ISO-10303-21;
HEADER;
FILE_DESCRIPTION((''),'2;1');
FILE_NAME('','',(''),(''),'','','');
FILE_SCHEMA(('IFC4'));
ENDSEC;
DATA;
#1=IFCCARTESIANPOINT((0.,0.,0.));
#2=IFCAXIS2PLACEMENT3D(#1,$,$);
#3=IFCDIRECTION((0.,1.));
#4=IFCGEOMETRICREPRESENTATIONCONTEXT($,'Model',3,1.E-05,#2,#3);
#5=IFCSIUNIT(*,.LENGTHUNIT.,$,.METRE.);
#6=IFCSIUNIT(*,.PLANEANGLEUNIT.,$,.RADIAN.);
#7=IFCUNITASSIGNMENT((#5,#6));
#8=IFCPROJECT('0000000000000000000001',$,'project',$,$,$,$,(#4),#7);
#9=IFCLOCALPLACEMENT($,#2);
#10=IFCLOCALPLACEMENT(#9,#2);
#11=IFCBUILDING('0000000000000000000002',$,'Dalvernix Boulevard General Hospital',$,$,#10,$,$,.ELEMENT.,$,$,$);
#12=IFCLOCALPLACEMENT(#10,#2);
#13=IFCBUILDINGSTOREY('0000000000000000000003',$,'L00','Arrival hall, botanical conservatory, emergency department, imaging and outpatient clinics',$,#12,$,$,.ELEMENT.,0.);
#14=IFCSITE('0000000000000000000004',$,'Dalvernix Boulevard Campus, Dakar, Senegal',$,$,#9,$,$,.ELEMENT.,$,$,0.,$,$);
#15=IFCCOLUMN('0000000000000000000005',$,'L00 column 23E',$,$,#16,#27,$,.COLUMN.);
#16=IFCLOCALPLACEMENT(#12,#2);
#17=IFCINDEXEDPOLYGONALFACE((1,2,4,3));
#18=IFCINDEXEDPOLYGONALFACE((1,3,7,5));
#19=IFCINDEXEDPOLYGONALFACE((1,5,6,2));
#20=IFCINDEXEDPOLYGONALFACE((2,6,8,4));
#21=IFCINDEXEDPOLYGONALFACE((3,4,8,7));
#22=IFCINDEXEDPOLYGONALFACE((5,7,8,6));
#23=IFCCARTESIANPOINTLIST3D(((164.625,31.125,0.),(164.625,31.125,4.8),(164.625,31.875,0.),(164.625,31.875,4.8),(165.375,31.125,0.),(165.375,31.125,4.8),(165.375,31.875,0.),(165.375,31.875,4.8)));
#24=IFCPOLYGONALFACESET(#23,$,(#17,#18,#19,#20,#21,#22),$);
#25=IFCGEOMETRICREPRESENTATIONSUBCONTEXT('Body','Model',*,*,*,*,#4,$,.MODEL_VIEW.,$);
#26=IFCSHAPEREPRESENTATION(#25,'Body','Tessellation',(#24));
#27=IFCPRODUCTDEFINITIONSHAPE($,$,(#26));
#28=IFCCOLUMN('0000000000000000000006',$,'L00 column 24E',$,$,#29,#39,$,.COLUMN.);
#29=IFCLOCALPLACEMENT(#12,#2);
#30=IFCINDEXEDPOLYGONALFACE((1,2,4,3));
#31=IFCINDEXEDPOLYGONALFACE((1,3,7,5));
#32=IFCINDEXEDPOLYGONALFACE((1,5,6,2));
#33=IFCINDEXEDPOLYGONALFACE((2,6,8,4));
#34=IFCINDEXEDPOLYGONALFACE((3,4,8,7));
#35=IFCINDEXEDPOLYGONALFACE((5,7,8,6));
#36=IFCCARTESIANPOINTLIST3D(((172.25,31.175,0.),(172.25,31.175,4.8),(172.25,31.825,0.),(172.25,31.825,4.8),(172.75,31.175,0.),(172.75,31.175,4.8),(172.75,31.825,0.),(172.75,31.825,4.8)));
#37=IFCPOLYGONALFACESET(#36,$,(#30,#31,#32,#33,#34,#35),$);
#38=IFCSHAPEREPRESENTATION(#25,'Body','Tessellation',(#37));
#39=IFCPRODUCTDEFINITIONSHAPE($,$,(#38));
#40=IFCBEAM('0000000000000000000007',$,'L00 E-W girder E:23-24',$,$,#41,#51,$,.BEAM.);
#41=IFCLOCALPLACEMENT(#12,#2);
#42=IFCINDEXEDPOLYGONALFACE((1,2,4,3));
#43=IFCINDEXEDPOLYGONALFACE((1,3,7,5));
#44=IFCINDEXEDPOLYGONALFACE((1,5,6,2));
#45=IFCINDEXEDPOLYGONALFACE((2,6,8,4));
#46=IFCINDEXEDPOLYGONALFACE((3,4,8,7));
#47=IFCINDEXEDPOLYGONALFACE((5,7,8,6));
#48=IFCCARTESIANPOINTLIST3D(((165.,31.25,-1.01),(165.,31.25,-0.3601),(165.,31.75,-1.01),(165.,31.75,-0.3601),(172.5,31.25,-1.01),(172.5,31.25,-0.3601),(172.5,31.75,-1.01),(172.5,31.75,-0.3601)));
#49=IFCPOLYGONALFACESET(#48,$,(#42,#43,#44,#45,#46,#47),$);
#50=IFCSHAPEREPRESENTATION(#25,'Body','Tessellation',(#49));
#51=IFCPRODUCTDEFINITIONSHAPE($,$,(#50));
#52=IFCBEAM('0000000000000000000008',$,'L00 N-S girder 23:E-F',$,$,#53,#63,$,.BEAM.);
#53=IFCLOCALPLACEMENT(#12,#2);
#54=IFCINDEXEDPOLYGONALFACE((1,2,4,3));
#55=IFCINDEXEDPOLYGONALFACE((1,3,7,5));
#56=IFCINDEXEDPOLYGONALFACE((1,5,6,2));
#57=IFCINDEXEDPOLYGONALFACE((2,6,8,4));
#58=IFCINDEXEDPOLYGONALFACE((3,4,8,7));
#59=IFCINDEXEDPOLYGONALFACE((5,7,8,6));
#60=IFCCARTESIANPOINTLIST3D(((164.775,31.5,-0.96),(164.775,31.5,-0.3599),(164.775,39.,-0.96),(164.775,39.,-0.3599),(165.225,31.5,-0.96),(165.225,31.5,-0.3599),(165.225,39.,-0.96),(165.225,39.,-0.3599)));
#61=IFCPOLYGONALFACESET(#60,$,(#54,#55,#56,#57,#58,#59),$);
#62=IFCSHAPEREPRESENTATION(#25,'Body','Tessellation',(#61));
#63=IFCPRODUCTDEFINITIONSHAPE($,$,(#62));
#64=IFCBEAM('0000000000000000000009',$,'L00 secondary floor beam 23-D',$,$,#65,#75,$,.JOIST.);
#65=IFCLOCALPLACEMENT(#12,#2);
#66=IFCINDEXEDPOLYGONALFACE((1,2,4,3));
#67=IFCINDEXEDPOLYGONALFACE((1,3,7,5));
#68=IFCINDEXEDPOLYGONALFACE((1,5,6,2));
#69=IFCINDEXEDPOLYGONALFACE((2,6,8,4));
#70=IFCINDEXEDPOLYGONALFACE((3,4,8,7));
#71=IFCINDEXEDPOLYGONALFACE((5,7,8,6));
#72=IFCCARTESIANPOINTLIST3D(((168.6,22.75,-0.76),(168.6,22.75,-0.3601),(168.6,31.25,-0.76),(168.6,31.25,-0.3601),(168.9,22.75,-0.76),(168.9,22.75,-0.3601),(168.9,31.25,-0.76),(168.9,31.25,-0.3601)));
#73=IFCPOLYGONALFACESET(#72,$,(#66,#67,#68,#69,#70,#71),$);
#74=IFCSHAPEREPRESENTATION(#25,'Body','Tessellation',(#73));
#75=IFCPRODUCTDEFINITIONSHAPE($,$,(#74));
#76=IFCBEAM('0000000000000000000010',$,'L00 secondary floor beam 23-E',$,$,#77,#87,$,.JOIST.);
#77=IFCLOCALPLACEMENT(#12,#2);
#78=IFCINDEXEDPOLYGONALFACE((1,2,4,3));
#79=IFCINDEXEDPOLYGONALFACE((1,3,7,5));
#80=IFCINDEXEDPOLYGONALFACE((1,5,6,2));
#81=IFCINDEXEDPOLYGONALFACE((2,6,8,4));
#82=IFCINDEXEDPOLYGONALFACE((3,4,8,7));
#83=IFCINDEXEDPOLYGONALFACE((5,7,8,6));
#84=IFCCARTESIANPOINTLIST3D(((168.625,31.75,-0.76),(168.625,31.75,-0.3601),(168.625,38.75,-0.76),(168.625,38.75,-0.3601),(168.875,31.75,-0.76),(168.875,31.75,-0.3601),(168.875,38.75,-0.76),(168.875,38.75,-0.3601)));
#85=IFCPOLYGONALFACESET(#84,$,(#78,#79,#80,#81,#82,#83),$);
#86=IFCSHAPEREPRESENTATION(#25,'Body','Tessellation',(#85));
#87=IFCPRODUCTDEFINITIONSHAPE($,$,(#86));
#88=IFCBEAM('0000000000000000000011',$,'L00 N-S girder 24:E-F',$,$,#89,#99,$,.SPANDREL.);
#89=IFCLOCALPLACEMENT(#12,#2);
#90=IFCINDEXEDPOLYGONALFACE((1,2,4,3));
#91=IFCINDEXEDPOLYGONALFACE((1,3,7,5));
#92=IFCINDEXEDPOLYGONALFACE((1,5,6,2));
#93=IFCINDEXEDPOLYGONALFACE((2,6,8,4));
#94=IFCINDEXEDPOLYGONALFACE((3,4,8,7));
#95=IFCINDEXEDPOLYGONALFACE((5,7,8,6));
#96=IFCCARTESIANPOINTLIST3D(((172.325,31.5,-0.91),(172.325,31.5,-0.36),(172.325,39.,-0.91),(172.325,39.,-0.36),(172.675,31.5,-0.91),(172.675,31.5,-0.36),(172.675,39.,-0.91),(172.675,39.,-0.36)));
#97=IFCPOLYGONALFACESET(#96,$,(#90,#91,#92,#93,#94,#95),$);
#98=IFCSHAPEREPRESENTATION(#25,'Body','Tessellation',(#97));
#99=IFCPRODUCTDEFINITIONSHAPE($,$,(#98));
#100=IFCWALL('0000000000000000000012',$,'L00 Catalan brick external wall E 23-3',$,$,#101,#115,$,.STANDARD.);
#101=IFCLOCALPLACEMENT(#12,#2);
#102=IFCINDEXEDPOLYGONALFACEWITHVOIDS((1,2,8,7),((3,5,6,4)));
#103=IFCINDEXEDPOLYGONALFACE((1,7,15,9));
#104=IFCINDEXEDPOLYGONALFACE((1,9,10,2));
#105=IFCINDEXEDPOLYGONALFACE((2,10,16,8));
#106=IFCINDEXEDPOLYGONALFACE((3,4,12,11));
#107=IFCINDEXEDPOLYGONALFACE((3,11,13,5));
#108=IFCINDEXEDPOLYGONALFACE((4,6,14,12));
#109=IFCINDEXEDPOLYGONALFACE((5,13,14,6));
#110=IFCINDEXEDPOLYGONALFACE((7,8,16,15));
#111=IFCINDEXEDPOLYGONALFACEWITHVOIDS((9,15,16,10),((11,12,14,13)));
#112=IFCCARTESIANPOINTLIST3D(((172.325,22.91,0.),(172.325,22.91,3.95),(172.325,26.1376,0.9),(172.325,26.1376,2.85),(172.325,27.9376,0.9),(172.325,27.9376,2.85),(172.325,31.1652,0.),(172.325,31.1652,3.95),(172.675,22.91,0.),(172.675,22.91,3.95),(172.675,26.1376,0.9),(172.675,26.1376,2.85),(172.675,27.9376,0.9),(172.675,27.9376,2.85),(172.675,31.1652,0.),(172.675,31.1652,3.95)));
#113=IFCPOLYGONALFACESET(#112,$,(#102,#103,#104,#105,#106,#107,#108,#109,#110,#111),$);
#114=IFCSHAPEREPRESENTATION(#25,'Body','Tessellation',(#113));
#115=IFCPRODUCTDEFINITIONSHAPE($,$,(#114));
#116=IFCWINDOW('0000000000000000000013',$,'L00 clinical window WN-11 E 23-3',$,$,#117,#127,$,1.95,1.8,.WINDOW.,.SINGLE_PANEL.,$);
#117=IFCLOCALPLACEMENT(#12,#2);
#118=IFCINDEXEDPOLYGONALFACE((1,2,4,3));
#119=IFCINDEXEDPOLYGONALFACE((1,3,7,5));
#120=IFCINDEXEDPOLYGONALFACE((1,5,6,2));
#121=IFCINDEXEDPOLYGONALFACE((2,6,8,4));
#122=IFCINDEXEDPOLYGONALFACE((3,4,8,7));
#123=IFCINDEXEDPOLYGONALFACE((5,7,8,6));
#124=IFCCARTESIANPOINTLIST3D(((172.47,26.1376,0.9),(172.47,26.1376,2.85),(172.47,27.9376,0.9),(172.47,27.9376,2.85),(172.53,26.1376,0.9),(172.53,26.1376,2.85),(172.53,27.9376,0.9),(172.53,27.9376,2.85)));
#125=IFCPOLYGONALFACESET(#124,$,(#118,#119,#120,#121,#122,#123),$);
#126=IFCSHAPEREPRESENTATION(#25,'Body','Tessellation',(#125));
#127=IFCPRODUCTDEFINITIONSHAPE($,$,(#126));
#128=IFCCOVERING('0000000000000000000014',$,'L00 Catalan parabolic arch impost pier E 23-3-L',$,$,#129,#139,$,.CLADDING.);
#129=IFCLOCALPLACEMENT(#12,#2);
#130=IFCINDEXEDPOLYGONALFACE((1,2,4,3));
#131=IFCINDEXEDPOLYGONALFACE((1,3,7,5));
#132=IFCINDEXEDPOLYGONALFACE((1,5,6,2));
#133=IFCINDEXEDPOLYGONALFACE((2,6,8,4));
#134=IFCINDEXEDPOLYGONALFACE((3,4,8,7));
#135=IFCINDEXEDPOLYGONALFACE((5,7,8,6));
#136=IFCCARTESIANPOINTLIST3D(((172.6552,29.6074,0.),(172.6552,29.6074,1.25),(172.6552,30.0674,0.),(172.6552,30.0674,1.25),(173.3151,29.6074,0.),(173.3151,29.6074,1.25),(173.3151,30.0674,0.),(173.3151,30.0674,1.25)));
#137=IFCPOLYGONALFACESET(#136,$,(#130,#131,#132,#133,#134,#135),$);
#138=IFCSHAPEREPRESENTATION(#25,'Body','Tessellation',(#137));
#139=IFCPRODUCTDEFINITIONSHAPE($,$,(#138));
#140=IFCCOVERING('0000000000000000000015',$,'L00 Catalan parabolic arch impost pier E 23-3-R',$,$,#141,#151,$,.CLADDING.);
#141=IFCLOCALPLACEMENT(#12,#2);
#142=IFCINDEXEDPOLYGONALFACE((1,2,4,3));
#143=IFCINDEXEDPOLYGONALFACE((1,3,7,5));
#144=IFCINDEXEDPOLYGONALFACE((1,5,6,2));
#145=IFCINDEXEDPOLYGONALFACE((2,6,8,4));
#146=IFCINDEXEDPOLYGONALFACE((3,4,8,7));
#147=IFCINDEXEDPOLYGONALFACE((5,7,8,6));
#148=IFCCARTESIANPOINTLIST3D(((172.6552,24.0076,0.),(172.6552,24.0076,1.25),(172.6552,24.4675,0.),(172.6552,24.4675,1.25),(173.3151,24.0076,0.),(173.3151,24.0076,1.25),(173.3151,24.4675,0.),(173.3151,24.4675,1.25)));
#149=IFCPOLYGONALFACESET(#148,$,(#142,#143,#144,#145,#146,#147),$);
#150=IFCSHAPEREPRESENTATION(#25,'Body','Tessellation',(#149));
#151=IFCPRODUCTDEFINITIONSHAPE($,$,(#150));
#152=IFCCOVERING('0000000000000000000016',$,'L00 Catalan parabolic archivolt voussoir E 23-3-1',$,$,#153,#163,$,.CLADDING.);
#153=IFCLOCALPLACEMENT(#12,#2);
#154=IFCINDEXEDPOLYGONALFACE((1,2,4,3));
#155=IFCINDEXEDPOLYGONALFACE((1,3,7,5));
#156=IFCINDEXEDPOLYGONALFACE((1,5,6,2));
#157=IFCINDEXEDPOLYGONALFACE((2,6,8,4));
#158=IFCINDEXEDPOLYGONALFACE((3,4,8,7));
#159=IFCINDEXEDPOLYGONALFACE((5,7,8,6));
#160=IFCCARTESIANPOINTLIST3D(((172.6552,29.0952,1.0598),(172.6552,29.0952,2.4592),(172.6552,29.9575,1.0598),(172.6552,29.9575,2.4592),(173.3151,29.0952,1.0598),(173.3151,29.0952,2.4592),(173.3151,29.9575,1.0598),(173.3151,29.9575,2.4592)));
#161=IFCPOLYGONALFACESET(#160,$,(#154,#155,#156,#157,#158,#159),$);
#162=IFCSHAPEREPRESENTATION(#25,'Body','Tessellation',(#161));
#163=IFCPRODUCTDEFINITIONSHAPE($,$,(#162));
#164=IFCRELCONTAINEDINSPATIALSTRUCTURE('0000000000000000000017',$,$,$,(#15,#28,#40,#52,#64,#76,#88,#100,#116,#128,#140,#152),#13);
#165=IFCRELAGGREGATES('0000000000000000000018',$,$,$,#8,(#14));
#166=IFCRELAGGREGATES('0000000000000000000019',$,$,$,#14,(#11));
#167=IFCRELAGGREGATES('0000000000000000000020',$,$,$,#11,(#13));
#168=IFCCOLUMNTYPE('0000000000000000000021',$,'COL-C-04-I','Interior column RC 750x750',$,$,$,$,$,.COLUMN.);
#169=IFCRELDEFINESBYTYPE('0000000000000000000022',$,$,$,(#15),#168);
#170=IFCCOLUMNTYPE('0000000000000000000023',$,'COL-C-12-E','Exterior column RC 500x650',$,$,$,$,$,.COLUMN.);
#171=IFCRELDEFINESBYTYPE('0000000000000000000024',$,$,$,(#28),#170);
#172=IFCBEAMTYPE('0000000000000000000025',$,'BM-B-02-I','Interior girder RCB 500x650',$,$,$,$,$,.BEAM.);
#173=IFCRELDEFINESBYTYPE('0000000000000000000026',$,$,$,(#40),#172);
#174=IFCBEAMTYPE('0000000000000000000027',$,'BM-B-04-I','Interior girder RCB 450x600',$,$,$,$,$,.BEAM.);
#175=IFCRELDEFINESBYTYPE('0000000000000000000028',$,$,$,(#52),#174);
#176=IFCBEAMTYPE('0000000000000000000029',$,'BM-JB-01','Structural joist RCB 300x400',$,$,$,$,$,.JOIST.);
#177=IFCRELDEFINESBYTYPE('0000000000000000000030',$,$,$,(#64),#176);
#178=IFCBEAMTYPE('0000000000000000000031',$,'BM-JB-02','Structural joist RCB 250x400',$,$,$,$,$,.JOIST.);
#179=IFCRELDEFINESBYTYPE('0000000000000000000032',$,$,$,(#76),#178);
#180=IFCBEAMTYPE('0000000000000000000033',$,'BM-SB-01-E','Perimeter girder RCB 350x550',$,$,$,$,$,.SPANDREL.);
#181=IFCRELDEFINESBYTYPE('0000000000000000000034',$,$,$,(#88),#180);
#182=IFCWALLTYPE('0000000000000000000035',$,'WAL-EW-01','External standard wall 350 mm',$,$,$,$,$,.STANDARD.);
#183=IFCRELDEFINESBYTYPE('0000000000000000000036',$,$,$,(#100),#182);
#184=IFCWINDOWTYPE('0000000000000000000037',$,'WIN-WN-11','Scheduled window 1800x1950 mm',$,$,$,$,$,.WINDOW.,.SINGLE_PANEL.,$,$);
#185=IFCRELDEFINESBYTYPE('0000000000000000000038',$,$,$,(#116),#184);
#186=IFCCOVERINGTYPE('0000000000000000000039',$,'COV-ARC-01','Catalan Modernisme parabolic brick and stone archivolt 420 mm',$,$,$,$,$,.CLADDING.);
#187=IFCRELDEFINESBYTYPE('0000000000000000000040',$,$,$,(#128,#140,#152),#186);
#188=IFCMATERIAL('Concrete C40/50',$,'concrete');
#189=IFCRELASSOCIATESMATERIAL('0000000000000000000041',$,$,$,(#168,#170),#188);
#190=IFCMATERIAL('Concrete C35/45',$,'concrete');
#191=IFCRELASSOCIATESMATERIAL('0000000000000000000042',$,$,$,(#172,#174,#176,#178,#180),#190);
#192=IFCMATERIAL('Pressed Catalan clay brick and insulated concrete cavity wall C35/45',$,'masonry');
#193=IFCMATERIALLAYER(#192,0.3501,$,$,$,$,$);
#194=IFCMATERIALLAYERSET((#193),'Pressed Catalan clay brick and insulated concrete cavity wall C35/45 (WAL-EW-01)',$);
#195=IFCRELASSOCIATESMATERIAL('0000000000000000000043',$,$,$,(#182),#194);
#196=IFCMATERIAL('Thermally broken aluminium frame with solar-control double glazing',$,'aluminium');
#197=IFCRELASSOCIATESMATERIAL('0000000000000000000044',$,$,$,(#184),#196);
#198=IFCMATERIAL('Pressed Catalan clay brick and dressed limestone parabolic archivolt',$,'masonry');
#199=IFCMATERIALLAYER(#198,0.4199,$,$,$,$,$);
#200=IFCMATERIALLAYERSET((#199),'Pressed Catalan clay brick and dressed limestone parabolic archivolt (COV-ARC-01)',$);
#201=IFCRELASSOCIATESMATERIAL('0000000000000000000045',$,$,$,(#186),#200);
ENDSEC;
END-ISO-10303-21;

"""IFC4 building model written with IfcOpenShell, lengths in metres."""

from ifc_helpers import new_model, si_unit, direction, frame, frame_2d, origin, origin_2d, place, context, subcontext, project, spatial, rectangle, extrude, material, layer, layer_set, material_profile, profile_set, type_object, element, fill, save


model = new_model("IFC4")

# Units and contexts
model_context = context("Model", 3, precision=1e-05, world=origin(), true_north=direction((0.0, 1.0)))
body_context = subcontext(model_context, "Body", "Model", "MODEL_VIEW")
ifc_project = project(units=[si_unit("LENGTHUNIT", "METRE"), si_unit("PLANEANGLEUNIT", "RADIAN")], contexts=[model_context])

# Site, building, storey
site_placement = place(None, origin())
site = spatial("IfcSite", under=ifc_project, at=site_placement, Name="Dalvernix Boulevard Campus, Dakar, Senegal", CompositionType="ELEMENT", RefElevation=0.0)
building_placement = place(site_placement, origin())
building = spatial("IfcBuilding", under=site, at=building_placement, Name="Dalvernix Boulevard General Hospital", CompositionType="ELEMENT")
storey_placement = place(building_placement, origin())
storey = spatial("IfcBuildingStorey", under=building, at=storey_placement, Name="L00", Description="Arrival hall, botanical conservatory, emergency department, imaging and outpatient clinics", CompositionType="ELEMENT", Elevation=0.0)

# Columns
ifc_material_1 = material(Name="Concrete C40/50", Category="concrete")
ifc_material_profile_1 = material_profile(ifc_material_1, rectangle(XDim=0.75, YDim=0.75, at=origin_2d()), Name="RC 750x750")
ifc_profile_set_1 = profile_set([ifc_material_profile_1], Name="Concrete C40/50")
column_type_1 = type_object("IfcColumnType", Name="COL-C-04-I", Description="Interior column RC 750x750", PredefinedType="COLUMN", material=ifc_profile_set_1)
column_1_placement = place(storey_placement, frame((165.0, 31.5, 0.0), z_axis=(0.0, 0.0, 1.0), x_axis=(1.0, 0.0, 0.0)))
element("IfcColumn", 1, at=column_1_placement, inside=storey, type_object=column_type_1, Name="L00 column 23E", PredefinedType="COLUMN", context=body_context, shape_type="SweptSolid", body=[
    extrude(rectangle(XDim=0.75, YDim=0.75, at=origin_2d()), origin(), (0.0, 0.0, 1.0), 4.8),
])
ifc_material_profile_2 = material_profile(ifc_material_1, rectangle(XDim=0.5, YDim=0.6499, at=origin_2d()), Name="RC 500x650")
ifc_profile_set_2 = profile_set([ifc_material_profile_2], Name="Concrete C40/50")
column_type_2 = type_object("IfcColumnType", Name="COL-C-12-E", Description="Exterior column RC 500x650", PredefinedType="COLUMN", material=ifc_profile_set_2)
column_2_placement = place(storey_placement, frame((172.5, 31.5, 0.0), z_axis=(0.0, 0.0, 1.0), x_axis=(1.0, 0.0, 0.0)))
element("IfcColumn", 2, at=column_2_placement, inside=storey, type_object=column_type_2, Name="L00 column 24E", PredefinedType="COLUMN", context=body_context, shape_type="SweptSolid", body=[
    extrude(rectangle(XDim=0.5, YDim=0.6499, at=origin_2d()), origin(), (0.0, 0.0, 1.0), 4.8),
])

# Beams
ifc_material_2 = material(Name="Concrete C35/45", Category="concrete")
ifc_material_profile_3 = material_profile(ifc_material_2, rectangle(XDim=0.5, YDim=0.6499, at=origin_2d()), Name="RCB 500x650")
ifc_profile_set_3 = profile_set([ifc_material_profile_3], Name="Concrete C35/45")
beam_type_1 = type_object("IfcBeamType", Name="BM-B-02-I", Description="Interior girder RCB 500x650", PredefinedType="BEAM", material=ifc_profile_set_3)
beam_1_placement = place(storey_placement, frame((165.0, 31.5, -0.6851), z_axis=(1.0, 0.0, 0.0), x_axis=(0.0, 1.0, 0.0)))
element("IfcBeam", 3, at=beam_1_placement, inside=storey, type_object=beam_type_1, Name="L00 E-W girder E:23-24", PredefinedType="BEAM", context=body_context, shape_type="SweptSolid", body=[
    extrude(rectangle(XDim=0.5, YDim=0.6499, at=origin_2d()), origin(), (0.0, 0.0, 1.0), 7.5),
])
ifc_material_profile_4 = material_profile(ifc_material_2, rectangle(XDim=0.45, YDim=0.6001, at=origin_2d()), Name="RCB 450x600")
ifc_profile_set_4 = profile_set([ifc_material_profile_4], Name="Concrete C35/45")
beam_type_2 = type_object("IfcBeamType", Name="BM-B-04-I", Description="Interior girder RCB 450x600", PredefinedType="BEAM", material=ifc_profile_set_4)
beam_2_placement = place(storey_placement, frame((165.0, 31.5, -0.6599), z_axis=(0.0, 1.0, 0.0), x_axis=(-1.0, 0.0, 0.0)))
element("IfcBeam", 4, at=beam_2_placement, inside=storey, type_object=beam_type_2, Name="L00 N-S girder 23:E-F", PredefinedType="BEAM", context=body_context, shape_type="SweptSolid", body=[
    extrude(rectangle(XDim=0.45, YDim=0.6001, at=origin_2d()), origin(), (0.0, 0.0, 1.0), 7.5),
])
ifc_material_profile_5 = material_profile(ifc_material_2, rectangle(XDim=0.3, YDim=0.3999, at=origin_2d()), Name="RCB 300x400")
ifc_profile_set_5 = profile_set([ifc_material_profile_5], Name="Concrete C35/45")
beam_type_3 = type_object("IfcBeamType", Name="BM-JB-01", Description="Structural joist RCB 300x400", PredefinedType="JOIST", material=ifc_profile_set_5)
beam_3_placement = place(storey_placement, frame((168.75, 22.75, -0.5601), z_axis=(0.0, 1.0, 0.0), x_axis=(-1.0, 0.0, 0.0)))
element("IfcBeam", 5, at=beam_3_placement, inside=storey, type_object=beam_type_3, Name="L00 secondary floor beam 23-D", PredefinedType="JOIST", context=body_context, shape_type="SweptSolid", body=[
    extrude(rectangle(XDim=0.3, YDim=0.3999, at=origin_2d()), origin(), (0.0, 0.0, 1.0), 8.5),
])
ifc_material_profile_6 = material_profile(ifc_material_2, rectangle(XDim=0.25, YDim=0.3999, at=origin_2d()), Name="RCB 250x400")
ifc_profile_set_6 = profile_set([ifc_material_profile_6], Name="Concrete C35/45")
beam_type_4 = type_object("IfcBeamType", Name="BM-JB-02", Description="Structural joist RCB 250x400", PredefinedType="JOIST", material=ifc_profile_set_6)
beam_4_placement = place(storey_placement, frame((168.75, 31.75, -0.5601), z_axis=(0.0, 1.0, 0.0), x_axis=(-1.0, 0.0, 0.0)))
element("IfcBeam", 6, at=beam_4_placement, inside=storey, type_object=beam_type_4, Name="L00 secondary floor beam 23-E", PredefinedType="JOIST", context=body_context, shape_type="SweptSolid", body=[
    extrude(rectangle(XDim=0.25, YDim=0.3999, at=origin_2d()), origin(), (0.0, 0.0, 1.0), 7.0),
])
ifc_material_profile_7 = material_profile(ifc_material_2, rectangle(XDim=0.3501, YDim=0.55, at=origin_2d()), Name="RCB 350x550")
ifc_profile_set_7 = profile_set([ifc_material_profile_7], Name="Concrete C35/45")
beam_type_5 = type_object("IfcBeamType", Name="BM-SB-01-E", Description="Perimeter girder RCB 350x550", PredefinedType="SPANDREL", material=ifc_profile_set_7)
beam_5_placement = place(storey_placement, frame((172.5, 31.5, -0.635), z_axis=(0.0, 1.0, 0.0), x_axis=(-1.0, 0.0, 0.0)))
element("IfcBeam", 7, at=beam_5_placement, inside=storey, type_object=beam_type_5, Name="L00 N-S girder 24:E-F", PredefinedType="SPANDREL", context=body_context, shape_type="SweptSolid", body=[
    extrude(rectangle(XDim=0.3501, YDim=0.55, at=origin_2d()), origin(), (0.0, 0.0, 1.0), 7.5),
])

# Wall, opening, window
ifc_material_3 = material(Name="Pressed Catalan clay brick and insulated concrete cavity wall C35/45", Category="masonry")
ifc_layer_1 = layer(ifc_material_3, 0.3501)
ifc_layer_set_1 = layer_set([ifc_layer_1], Name="Pressed Catalan clay brick and insulated concrete cavity wall C35/45 (WAL-EW-01)")
wall_type = type_object("IfcWallType", Name="WAL-EW-01", Description="External standard wall 350 mm", PredefinedType="STANDARD", material=ifc_layer_set_1)
wall_placement = place(storey_placement, frame((172.5, 31.165, 0.0), z_axis=(0.0, 0.0, 1.0), x_axis=(0.0, -1.0, 0.0)))
wall = element("IfcWall", 8, at=wall_placement, inside=storey, type_object=wall_type, Name="L00 Catalan brick external wall E 23-3", PredefinedType="STANDARD", context=body_context, shape_type="SweptSolid", body=[
    extrude(rectangle(XDim=8.2551, YDim=0.3501, at=frame_2d((4.1274, 0.0))), origin(), (0.0, 0.0, 1.0), 3.95),
])
opening_placement = place(wall_placement, frame((3.2275, 0.0, 0.8999)))
opening = element("IfcOpeningElement", 9, at=opening_placement, cuts=wall, PredefinedType="OPENING", context=body_context, shape_type="SweptSolid", body=[
    extrude(rectangle(XDim=1.8, YDim=1.95, at=frame_2d((0.8999, 0.9751))), frame((0.0, 0.1851, 0.0), z_axis=(0.0, -1.0, 0.0), x_axis=(1.0, 0.0, 0.0)), (0.0, 0.0, 1.0), 0.3701),
])
ifc_material_4 = material(Name="Thermally broken aluminium frame with solar-control double glazing", Category="aluminium")
window_type = type_object("IfcWindowType", Name="WIN-WN-11", Description="Scheduled window 1800x1950 mm", PartitioningType="SINGLE_PANEL", PredefinedType="WINDOW", material=ifc_material_4)
window_placement = place(opening_placement, origin())
window = element("IfcWindow", 10, at=window_placement, inside=storey, type_object=window_type, Name="L00 clinical window WN-11 E 23-3", OverallHeight=1.95, OverallWidth=1.8, PartitioningType="SINGLE_PANEL", PredefinedType="WINDOW", context=body_context, shape_type="SweptSolid", body=[
    extrude(rectangle(XDim=1.8, YDim=1.95, at=frame_2d((0.8999, 0.9751))), frame((0.0, 0.03, 0.0), z_axis=(0.0, -1.0, 0.0), x_axis=(1.0, 0.0, 0.0)), (0.0, 0.0, 1.0), 0.0601),
])
fill(opening, window)

# Coverings
ifc_material_5 = material(Name="Pressed Catalan clay brick and dressed limestone parabolic archivolt", Category="masonry")
ifc_layer_2 = layer(ifc_material_5, 0.4199)
ifc_layer_set_2 = layer_set([ifc_layer_2], Name="Pressed Catalan clay brick and dressed limestone parabolic archivolt (COV-ARC-01)")
covering_type_1 = type_object("IfcCoveringType", Name="COV-ARC-01", Description="Catalan Modernisme parabolic brick and stone archivolt 420 mm", PredefinedType="CLADDING", material=ifc_layer_set_2)
for number, where, z_axis, x_axis, name in (
    (11, (172.9851, 29.8374, 0.0), (0.0, 0.0, 1.0), (0.0, -1.0, 0.0), "L00 Catalan parabolic arch impost pier E 23-3-L"),
    (12, (172.9851, 24.2375, 0.0), (0.0, 0.0, 1.0), (0.0, -1.0, 0.0), "L00 Catalan parabolic arch impost pier E 23-3-R"),
):
    element("IfcCovering", number, at=place(storey_placement, frame(where, z_axis=z_axis, x_axis=x_axis)), inside=storey, type_object=covering_type_1, Name=name, PredefinedType="CLADDING", context=body_context, shape_type="SweptSolid", body=[
        extrude(rectangle(XDim=0.46, YDim=0.6599, at=origin_2d()), origin(), (0.0, 0.0, 1.0), 1.25),
    ])
covering_1_placement = place(storey_placement, frame((172.9851, 29.5264, 1.0598), z_axis=(0.0, 0.0, 1.0), x_axis=(0.0, -1.0, 0.0)))
element("IfcCovering", 13, at=covering_1_placement, inside=storey, type_object=covering_type_1, Name="L00 Catalan parabolic archivolt voussoir E 23-3-1", PredefinedType="CLADDING", context=body_context, shape_type="SweptSolid", body=[
    extrude(rectangle(XDim=0.8623, YDim=0.6599, at=origin_2d()), origin(), (0.0, 0.0, 1.0), 1.3994),
])

save(model, "model.ifc")
